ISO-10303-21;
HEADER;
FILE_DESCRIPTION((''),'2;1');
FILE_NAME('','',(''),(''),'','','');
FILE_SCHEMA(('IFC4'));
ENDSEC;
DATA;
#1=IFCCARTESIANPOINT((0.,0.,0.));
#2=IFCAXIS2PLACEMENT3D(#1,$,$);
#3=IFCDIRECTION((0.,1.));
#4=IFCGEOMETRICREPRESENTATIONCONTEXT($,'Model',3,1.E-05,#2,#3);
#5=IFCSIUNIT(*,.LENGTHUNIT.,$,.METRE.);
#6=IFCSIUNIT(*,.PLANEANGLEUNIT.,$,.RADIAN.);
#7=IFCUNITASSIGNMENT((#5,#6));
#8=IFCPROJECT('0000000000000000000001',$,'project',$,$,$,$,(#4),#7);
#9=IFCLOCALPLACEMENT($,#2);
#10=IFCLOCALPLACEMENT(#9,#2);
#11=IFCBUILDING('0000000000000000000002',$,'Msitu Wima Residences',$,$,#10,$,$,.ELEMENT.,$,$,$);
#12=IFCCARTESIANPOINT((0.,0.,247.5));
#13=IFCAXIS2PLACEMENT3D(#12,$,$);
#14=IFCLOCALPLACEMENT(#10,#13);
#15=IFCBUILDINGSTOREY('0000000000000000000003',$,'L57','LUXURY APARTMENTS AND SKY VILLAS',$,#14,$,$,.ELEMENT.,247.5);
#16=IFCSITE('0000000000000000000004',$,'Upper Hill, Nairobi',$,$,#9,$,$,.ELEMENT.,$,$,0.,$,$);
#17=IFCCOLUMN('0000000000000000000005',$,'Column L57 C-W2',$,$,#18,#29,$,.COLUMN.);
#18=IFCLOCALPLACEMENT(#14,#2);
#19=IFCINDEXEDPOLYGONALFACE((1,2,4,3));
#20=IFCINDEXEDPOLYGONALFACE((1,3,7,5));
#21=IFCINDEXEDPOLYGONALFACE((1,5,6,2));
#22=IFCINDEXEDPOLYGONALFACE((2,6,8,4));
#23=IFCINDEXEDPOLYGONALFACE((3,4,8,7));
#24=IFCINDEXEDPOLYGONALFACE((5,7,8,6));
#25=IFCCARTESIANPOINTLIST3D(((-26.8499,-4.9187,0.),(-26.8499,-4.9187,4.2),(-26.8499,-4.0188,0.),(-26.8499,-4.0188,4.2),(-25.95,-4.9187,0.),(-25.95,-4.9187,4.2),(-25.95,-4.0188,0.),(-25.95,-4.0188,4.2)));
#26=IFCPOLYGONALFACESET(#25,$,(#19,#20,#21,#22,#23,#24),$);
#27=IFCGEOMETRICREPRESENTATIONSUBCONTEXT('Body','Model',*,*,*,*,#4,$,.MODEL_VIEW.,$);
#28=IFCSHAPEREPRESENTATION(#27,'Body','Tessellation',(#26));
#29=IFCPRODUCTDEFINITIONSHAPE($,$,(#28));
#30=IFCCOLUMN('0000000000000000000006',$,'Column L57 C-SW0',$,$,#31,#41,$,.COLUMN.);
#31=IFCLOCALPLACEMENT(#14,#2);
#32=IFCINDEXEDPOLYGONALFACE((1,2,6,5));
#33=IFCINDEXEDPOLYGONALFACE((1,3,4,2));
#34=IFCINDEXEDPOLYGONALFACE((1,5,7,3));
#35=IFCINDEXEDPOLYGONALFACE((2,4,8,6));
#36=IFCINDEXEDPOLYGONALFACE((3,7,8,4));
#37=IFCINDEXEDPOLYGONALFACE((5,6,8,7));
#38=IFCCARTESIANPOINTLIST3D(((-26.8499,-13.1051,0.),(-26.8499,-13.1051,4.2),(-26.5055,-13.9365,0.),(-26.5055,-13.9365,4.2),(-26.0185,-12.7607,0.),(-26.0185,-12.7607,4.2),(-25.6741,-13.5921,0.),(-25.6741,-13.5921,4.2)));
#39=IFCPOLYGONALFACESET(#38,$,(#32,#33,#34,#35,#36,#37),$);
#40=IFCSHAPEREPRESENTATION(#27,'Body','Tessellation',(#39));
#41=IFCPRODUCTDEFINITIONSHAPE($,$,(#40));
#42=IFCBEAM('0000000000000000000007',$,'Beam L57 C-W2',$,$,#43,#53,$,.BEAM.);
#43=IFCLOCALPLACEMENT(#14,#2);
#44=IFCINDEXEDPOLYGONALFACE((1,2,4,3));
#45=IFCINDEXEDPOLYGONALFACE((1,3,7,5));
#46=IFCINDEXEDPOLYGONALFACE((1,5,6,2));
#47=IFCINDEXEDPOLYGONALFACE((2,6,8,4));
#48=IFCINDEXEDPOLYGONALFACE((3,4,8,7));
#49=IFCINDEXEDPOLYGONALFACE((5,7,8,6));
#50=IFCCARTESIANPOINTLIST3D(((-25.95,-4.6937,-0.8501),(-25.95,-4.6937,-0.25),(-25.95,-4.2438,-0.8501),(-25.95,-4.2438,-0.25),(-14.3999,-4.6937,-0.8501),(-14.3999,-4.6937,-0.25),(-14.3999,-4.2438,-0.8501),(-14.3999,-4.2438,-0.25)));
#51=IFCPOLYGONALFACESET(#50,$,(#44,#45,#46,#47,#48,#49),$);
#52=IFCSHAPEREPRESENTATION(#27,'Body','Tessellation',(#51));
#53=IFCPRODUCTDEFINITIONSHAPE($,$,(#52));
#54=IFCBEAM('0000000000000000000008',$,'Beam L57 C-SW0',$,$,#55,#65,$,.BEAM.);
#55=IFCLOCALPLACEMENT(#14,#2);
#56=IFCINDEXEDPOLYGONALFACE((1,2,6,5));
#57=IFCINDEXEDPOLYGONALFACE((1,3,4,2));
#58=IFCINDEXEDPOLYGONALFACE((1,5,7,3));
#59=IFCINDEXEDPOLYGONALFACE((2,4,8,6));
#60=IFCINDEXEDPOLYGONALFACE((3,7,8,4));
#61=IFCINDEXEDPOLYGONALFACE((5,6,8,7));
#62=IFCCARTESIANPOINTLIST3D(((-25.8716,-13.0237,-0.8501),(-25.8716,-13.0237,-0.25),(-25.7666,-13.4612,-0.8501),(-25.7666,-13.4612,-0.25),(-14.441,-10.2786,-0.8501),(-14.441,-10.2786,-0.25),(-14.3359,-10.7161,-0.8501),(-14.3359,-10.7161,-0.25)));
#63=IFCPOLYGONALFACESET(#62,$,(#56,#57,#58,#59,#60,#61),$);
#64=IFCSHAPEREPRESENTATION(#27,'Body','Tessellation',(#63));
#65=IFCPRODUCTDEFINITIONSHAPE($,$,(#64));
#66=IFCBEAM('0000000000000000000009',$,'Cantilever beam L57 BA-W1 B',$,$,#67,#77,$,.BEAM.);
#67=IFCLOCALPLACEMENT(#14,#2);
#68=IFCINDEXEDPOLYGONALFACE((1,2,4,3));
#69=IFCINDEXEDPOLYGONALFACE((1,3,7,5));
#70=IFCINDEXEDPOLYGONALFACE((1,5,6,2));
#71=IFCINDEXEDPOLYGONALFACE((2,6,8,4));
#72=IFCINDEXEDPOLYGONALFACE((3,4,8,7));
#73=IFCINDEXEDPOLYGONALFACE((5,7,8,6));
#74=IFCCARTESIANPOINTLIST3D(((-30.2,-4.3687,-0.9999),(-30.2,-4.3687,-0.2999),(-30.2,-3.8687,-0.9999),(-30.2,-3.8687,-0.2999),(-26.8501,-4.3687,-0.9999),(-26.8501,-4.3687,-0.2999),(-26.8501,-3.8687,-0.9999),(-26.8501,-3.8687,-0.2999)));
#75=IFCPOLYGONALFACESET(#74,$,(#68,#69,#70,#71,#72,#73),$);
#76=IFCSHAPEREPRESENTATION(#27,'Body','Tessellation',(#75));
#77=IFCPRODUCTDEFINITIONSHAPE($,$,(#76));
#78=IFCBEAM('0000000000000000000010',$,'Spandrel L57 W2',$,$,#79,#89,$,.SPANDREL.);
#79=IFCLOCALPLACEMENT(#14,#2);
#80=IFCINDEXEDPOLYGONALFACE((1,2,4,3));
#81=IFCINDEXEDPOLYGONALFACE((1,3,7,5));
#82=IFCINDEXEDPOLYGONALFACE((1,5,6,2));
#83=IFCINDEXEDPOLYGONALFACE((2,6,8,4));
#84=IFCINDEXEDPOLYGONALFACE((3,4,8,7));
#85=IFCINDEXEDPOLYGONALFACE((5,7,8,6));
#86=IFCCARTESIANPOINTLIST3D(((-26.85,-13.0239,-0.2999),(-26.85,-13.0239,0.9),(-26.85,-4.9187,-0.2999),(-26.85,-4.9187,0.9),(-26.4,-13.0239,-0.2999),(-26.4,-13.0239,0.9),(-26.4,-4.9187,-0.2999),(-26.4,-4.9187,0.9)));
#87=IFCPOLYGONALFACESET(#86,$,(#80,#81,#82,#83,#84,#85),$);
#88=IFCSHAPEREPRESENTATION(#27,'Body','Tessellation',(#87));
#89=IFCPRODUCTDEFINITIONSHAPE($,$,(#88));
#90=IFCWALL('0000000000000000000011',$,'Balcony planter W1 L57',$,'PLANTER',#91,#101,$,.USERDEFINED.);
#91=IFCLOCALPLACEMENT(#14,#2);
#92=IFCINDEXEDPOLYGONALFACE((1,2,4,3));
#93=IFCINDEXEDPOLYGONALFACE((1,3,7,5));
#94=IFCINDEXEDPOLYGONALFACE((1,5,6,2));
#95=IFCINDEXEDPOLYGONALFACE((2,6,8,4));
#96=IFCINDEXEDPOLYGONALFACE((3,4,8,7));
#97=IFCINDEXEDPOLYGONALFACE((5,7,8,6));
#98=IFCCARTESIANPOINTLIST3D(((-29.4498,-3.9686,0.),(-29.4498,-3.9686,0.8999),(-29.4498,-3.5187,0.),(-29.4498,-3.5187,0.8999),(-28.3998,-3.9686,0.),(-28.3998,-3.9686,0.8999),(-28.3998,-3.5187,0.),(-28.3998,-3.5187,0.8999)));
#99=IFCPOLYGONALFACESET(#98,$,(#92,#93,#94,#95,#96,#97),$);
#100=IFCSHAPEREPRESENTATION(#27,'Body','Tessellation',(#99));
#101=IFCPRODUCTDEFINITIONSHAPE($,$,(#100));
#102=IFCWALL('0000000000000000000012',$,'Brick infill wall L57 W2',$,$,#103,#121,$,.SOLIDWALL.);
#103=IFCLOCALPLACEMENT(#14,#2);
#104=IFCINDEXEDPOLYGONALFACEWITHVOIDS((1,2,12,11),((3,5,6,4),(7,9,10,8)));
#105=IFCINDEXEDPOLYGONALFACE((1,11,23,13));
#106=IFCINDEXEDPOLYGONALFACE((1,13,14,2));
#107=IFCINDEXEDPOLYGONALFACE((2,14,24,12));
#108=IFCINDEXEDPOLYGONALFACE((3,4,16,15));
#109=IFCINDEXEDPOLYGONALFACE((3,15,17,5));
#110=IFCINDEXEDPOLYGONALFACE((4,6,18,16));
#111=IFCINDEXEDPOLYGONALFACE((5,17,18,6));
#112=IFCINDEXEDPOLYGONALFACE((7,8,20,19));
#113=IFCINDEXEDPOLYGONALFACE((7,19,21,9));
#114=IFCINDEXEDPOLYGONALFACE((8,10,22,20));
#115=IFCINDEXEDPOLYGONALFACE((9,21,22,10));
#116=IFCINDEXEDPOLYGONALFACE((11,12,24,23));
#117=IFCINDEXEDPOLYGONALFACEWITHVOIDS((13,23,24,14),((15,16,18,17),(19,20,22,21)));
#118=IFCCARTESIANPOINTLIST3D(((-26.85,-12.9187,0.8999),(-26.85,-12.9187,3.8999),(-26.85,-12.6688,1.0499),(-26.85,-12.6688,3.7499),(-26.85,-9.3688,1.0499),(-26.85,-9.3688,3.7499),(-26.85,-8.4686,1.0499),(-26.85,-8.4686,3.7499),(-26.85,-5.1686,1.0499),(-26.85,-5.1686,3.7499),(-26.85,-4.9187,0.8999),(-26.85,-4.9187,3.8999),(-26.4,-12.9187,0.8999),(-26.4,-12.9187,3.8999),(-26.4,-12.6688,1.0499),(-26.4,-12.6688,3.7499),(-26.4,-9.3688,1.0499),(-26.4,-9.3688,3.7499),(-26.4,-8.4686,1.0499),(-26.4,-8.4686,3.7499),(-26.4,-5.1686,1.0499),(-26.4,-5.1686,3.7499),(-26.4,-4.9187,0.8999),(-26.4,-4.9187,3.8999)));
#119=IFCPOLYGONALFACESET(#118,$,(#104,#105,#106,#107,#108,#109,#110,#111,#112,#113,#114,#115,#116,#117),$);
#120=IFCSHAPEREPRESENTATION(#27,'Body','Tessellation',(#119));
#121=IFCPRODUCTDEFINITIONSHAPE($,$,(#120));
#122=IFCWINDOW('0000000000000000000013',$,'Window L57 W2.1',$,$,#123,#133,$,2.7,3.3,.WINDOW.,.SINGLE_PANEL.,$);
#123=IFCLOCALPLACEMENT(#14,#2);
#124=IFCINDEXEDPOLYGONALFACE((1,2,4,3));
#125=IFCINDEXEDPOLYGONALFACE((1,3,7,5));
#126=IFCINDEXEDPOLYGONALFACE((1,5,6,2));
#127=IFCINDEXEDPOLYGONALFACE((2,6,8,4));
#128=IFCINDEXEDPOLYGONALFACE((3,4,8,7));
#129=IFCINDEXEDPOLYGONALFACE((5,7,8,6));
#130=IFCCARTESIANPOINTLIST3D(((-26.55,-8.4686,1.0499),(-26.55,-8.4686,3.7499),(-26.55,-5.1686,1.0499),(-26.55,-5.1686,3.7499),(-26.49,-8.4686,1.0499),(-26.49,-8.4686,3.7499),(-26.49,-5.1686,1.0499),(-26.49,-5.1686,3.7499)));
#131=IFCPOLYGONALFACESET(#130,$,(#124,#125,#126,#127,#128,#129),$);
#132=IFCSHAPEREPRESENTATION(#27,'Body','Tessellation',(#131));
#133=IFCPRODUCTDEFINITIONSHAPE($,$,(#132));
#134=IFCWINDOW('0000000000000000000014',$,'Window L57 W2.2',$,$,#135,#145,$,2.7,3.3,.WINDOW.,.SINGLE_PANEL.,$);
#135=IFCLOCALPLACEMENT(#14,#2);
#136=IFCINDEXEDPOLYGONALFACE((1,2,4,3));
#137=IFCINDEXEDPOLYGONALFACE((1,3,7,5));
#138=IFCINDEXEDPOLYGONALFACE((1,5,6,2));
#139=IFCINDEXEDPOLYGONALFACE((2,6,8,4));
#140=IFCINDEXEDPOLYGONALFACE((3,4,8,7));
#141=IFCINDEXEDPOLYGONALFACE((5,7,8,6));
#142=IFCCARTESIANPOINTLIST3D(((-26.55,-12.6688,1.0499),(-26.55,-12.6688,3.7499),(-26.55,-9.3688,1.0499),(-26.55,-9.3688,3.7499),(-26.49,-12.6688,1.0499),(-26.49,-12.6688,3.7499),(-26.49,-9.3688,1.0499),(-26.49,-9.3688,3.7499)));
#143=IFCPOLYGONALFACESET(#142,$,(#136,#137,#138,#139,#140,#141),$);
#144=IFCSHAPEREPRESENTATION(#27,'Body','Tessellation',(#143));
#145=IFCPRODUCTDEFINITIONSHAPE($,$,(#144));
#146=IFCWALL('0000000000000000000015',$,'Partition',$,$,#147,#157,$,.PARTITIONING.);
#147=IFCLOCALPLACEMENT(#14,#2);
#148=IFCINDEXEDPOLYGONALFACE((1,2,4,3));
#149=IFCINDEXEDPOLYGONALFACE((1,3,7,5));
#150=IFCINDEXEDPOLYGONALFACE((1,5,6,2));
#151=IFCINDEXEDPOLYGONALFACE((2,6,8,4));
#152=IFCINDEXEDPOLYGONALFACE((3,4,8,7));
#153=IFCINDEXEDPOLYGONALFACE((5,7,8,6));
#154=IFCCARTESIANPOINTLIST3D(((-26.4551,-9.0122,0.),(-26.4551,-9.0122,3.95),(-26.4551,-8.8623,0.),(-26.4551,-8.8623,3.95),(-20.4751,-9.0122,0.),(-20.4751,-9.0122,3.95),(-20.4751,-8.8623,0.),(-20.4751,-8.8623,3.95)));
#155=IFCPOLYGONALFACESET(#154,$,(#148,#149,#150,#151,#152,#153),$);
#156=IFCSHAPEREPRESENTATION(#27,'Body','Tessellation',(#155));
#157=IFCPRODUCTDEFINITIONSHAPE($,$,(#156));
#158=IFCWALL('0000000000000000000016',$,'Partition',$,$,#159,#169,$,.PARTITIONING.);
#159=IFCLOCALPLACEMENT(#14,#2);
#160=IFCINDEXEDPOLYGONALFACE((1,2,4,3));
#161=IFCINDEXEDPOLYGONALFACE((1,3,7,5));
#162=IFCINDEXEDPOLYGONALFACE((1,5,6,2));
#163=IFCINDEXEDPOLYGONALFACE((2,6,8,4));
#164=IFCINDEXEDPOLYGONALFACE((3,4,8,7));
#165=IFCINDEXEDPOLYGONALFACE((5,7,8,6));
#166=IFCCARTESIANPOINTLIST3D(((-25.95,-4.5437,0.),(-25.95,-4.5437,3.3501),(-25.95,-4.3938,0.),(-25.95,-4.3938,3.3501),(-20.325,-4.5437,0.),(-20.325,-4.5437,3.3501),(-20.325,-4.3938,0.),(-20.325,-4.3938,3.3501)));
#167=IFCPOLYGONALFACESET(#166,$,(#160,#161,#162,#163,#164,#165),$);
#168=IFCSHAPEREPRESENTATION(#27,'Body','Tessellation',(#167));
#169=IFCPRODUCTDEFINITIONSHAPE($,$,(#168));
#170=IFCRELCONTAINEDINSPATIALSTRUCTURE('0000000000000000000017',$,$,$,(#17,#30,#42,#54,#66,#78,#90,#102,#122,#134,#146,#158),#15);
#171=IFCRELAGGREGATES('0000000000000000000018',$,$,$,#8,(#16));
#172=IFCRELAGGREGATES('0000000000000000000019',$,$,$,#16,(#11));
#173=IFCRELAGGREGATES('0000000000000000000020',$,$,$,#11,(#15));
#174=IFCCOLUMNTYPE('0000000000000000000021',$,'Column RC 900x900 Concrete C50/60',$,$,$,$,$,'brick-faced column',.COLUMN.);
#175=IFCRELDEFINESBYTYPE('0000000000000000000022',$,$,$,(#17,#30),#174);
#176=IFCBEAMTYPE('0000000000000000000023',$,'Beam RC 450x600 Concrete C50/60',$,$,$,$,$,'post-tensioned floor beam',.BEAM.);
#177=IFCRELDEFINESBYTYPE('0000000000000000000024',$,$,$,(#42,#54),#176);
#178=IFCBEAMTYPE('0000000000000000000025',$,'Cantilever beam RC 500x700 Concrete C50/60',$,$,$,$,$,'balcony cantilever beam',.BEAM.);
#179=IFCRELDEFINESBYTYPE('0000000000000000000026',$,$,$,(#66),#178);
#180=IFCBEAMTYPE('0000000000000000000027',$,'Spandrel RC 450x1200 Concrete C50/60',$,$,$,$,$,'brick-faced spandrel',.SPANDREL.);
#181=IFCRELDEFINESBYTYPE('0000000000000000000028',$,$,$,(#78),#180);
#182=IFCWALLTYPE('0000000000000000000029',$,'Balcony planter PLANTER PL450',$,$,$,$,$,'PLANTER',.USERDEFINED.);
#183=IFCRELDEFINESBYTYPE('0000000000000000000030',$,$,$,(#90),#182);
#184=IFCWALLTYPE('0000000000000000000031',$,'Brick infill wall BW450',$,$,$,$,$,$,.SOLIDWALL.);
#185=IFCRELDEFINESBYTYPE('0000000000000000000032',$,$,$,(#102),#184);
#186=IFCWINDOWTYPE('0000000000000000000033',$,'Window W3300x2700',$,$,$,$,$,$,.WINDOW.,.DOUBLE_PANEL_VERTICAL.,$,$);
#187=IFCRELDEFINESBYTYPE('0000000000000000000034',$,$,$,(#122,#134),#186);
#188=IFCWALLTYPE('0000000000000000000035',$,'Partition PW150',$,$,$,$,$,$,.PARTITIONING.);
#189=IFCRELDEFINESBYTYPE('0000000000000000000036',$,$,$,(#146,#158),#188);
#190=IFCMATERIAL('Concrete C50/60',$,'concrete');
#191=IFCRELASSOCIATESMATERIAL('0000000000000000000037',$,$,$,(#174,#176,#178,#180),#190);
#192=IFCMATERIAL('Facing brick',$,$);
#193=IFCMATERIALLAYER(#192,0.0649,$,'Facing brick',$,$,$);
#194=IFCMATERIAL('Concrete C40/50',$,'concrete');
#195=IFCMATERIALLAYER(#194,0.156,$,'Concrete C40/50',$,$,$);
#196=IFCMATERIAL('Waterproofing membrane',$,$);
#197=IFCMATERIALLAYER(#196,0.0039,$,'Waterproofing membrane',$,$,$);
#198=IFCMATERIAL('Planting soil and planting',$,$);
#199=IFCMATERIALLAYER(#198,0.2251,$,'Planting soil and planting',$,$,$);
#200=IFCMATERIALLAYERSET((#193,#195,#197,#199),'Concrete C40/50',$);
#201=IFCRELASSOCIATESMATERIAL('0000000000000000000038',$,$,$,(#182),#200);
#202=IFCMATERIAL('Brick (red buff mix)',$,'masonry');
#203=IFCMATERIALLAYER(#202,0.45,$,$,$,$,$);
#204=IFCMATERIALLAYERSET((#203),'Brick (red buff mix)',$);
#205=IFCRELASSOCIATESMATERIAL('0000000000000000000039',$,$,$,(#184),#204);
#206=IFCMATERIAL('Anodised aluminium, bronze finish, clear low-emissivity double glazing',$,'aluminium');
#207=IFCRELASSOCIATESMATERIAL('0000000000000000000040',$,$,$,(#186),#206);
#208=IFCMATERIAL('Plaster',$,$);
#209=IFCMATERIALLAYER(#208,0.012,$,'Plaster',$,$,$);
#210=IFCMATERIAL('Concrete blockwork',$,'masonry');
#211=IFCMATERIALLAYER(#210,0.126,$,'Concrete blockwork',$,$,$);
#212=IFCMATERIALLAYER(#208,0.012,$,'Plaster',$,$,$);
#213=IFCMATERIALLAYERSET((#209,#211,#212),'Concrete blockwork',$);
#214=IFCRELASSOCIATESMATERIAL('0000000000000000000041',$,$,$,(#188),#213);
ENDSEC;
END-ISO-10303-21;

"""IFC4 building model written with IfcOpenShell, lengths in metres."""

from ifc_helpers import new_model, si_unit, direction, frame, frame_2d, origin, origin_2d, place, context, subcontext, project, spatial, rectangle, extrude, material, layer, layer_set, material_profile, profile_set, type_object, element, fill, save


model = new_model("IFC4")

# Units and contexts
model_context = context("Model", 3, precision=1e-05, world=origin(), true_north=direction((0.0, 1.0)))
body_context = subcontext(model_context, "Body", "Model", "MODEL_VIEW")
ifc_project = project(units=[si_unit("LENGTHUNIT", "METRE"), si_unit("PLANEANGLEUNIT", "RADIAN")], contexts=[model_context])

# Site, building, storey
site_placement = place(None, origin())
site = spatial("IfcSite", under=ifc_project, at=site_placement, Name="Upper Hill, Nairobi", CompositionType="ELEMENT", RefElevation=0.0)
building_placement = place(site_placement, origin())
building = spatial("IfcBuilding", under=site, at=building_placement, Name="Msitu Wima Residences", CompositionType="ELEMENT")
storey_placement = place(building_placement, frame((0.0, 0.0, 247.5)))
storey = spatial("IfcBuildingStorey", under=building, at=storey_placement, Name="L57", Description="LUXURY APARTMENTS AND SKY VILLAS", CompositionType="ELEMENT", Elevation=247.5)

# Columns
ifc_material_1 = material(Name="Concrete C50/60", Category="concrete")
ifc_material_profile_1 = material_profile(ifc_material_1, rectangle(XDim=0.8999, YDim=0.8999, at=origin_2d()), Name="RC 900x900")
ifc_profile_set_1 = profile_set([ifc_material_profile_1], Name="Concrete C50/60")
column_type = type_object("IfcColumnType", Name="Column RC 900x900 Concrete C50/60", ElementType="brick-faced column", PredefinedType="COLUMN", material=ifc_profile_set_1)
for number, where, z_axis, x_axis, name in (
    (1, (-26.3999, -4.4688, 0.0), (0.0, 0.0, 1.0), (0.0, -1.0, 0.0), "Column L57 C-W2"),
    (2, (-26.262, -13.3486, 0.0), (0.0, 0.0, 1.0), (0.382683, -0.92388, 0.0), "Column L57 C-SW0"),
):
    element("IfcColumn", number, at=place(storey_placement, frame(where, z_axis=z_axis, x_axis=x_axis)), inside=storey, type_object=column_type, Name=name, PredefinedType="COLUMN", context=body_context, shape_type="SweptSolid", body=[
        extrude(rectangle(XDim=0.8999, YDim=0.8999, at=origin_2d()), origin(), (0.0, 0.0, 1.0), 4.2),
    ])

# Beams
ifc_material_profile_2 = material_profile(ifc_material_1, rectangle(XDim=0.45, YDim=0.6001, at=origin_2d()), Name="RC 450x600")
ifc_profile_set_2 = profile_set([ifc_material_profile_2], Name="Concrete C50/60")
beam_type_1 = type_object("IfcBeamType", Name="Beam RC 450x600 Concrete C50/60", ElementType="post-tensioned floor beam", PredefinedType="BEAM", material=ifc_profile_set_2)
beam_1_placement = place(storey_placement, frame((-25.95, -4.4688, -0.55), z_axis=(1.0, 0.0, 0.0), x_axis=(0.0, 1.0, 0.0)))
element("IfcBeam", 3, at=beam_1_placement, inside=storey, type_object=beam_type_1, Name="Beam L57 C-W2", PredefinedType="BEAM", context=body_context, shape_type="SweptSolid", body=[
    extrude(rectangle(XDim=0.45, YDim=0.6001, at=origin_2d()), origin(), (0.0, 0.0, 1.0), 11.55),
])
beam_2_placement = place(storey_placement, frame((-25.8191, -13.2424, -0.55), z_axis=(0.972353, 0.233514, 0.0), x_axis=(-0.233514, 0.972353, 0.0)))
element("IfcBeam", 4, at=beam_2_placement, inside=storey, type_object=beam_type_1, Name="Beam L57 C-SW0", PredefinedType="BEAM", context=body_context, shape_type="SweptSolid", body=[
    extrude(rectangle(XDim=0.45, YDim=0.6001, at=origin_2d()), origin(), (0.0, 0.0, 1.0), 11.7556),
])
ifc_material_profile_3 = material_profile(ifc_material_1, rectangle(XDim=0.5, YDim=0.7, at=origin_2d()), Name="RC 500x700")
ifc_profile_set_3 = profile_set([ifc_material_profile_3], Name="Concrete C50/60")
beam_type_2 = type_object("IfcBeamType", Name="Cantilever beam RC 500x700 Concrete C50/60", ElementType="balcony cantilever beam", PredefinedType="BEAM", material=ifc_profile_set_3)
beam_3_placement = place(storey_placement, frame((-26.8501, -4.1187, -0.6499), z_axis=(-1.0, 0.0, 0.0), x_axis=(0.0, -1.0, 0.0)))
element("IfcBeam", 5, at=beam_3_placement, inside=storey, type_object=beam_type_2, Name="Cantilever beam L57 BA-W1 B", PredefinedType="BEAM", context=body_context, shape_type="SweptSolid", body=[
    extrude(rectangle(XDim=0.5, YDim=0.7, at=origin_2d()), origin(), (0.0, 0.0, 1.0), 3.3499),
])
ifc_material_profile_4 = material_profile(ifc_material_1, rectangle(XDim=0.45, YDim=1.2, at=origin_2d()), Name="RC 450x1200")
ifc_profile_set_4 = profile_set([ifc_material_profile_4], Name="Concrete C50/60")
beam_type_3 = type_object("IfcBeamType", Name="Spandrel RC 450x1200 Concrete C50/60", ElementType="brick-faced spandrel", PredefinedType="SPANDREL", material=ifc_profile_set_4)
beam_4_placement = place(storey_placement, frame((-26.625, -4.9187, 0.3), z_axis=(0.0, -1.0, 0.0), x_axis=(1.0, 0.0, 0.0)))
element("IfcBeam", 6, at=beam_4_placement, inside=storey, type_object=beam_type_3, Name="Spandrel L57 W2", PredefinedType="SPANDREL", context=body_context, shape_type="SweptSolid", body=[
    extrude(rectangle(XDim=0.45, YDim=1.2, at=origin_2d()), origin(), (0.0, 0.0, 1.0), 8.1052),
])

# Wall
ifc_material_2 = material(Name="Facing brick")
ifc_layer_1 = layer(ifc_material_2, 0.0649, Name="Facing brick")
ifc_material_3 = material(Name="Concrete C40/50", Category="concrete")
ifc_layer_2 = layer(ifc_material_3, 0.156, Name="Concrete C40/50")
ifc_material_4 = material(Name="Waterproofing membrane")
ifc_layer_3 = layer(ifc_material_4, 0.0039, Name="Waterproofing membrane")
ifc_material_5 = material(Name="Planting soil and planting")
ifc_layer_4 = layer(ifc_material_5, 0.2251, Name="Planting soil and planting")
ifc_layer_set_1 = layer_set([ifc_layer_1, ifc_layer_2, ifc_layer_3, ifc_layer_4], Name="Concrete C40/50")
wall_type_1 = type_object("IfcWallType", Name="Balcony planter PLANTER PL450", ElementType="PLANTER", PredefinedType="USERDEFINED", material=ifc_layer_set_1)
wall_1_placement = place(storey_placement, frame((-28.3999, -3.7437, 0.0), z_axis=(0.0, 0.0, 1.0), x_axis=(-1.0, 0.0, 0.0)))
element("IfcWall", 7, at=wall_1_placement, inside=storey, type_object=wall_type_1, Name="Balcony planter W1 L57", ObjectType="PLANTER", PredefinedType="USERDEFINED", context=body_context, shape_type="SweptSolid", body=[
    extrude(rectangle(XDim=1.05, YDim=0.45, at=frame_2d((0.5249, 0.0))), origin(), (0.0, 0.0, 1.0), 0.8999),
])

# Wall, openings, windows
ifc_material_6 = material(Name="Brick (red buff mix)", Category="masonry")
ifc_layer_5 = layer(ifc_material_6, 0.45)
ifc_layer_set_2 = layer_set([ifc_layer_5], Name="Brick (red buff mix)")
wall_type_2 = type_object("IfcWallType", Name="Brick infill wall BW450", PredefinedType="SOLIDWALL", material=ifc_layer_set_2)
wall_2_placement = place(storey_placement, frame((-26.625, -4.9187, 0.8999), z_axis=(0.0, 0.0, 1.0), x_axis=(0.0, -1.0, 0.0)))
wall_2 = element("IfcWall", 8, at=wall_2_placement, inside=storey, type_object=wall_type_2, Name="Brick infill wall L57 W2", PredefinedType="SOLIDWALL", context=body_context, shape_type="SweptSolid", body=[
    extrude(rectangle(XDim=8.0, YDim=0.45, at=frame_2d((4.0, 0.0))), origin(), (0.0, 0.0, 1.0), 3.0),
])
opening_1_placement = place(wall_2_placement, frame((0.25, 0.0, 0.1499)))
opening_1 = element("IfcOpeningElement", 9, at=opening_1_placement, cuts=wall_2, PredefinedType="OPENING", context=body_context, shape_type="SweptSolid", body=[
    extrude(rectangle(XDim=3.3, YDim=2.7, at=frame_2d((1.6499, 1.3501))), frame((0.0, 0.2349, 0.0), z_axis=(0.0, -1.0, 0.0), x_axis=(1.0, 0.0, 0.0)), (0.0, 0.0, 1.0), 0.47),
])
opening_2_placement = place(wall_2_placement, frame((4.4502, 0.0, 0.1499)))
opening_2 = element("IfcOpeningElement", 10, at=opening_2_placement, cuts=wall_2, PredefinedType="OPENING", context=body_context, shape_type="SweptSolid", body=[
    extrude(rectangle(XDim=3.3, YDim=2.7, at=frame_2d((1.6499, 1.3501))), frame((0.0, 0.2349, 0.0), z_axis=(0.0, -1.0, 0.0), x_axis=(1.0, 0.0, 0.0)), (0.0, 0.0, 1.0), 0.47),
])
ifc_material_7 = material(Name="Anodised aluminium, bronze finish, clear low-emissivity double glazing", Category="aluminium")
window_type = type_object("IfcWindowType", Name="Window W3300x2700", PartitioningType="DOUBLE_PANEL_VERTICAL", PredefinedType="WINDOW", material=ifc_material_7)
window_1_placement = place(opening_1_placement, origin())
window_1 = element("IfcWindow", 11, at=window_1_placement, inside=storey, type_object=window_type, Name="Window L57 W2.1", OverallHeight=2.7, OverallWidth=3.3, PartitioningType="SINGLE_PANEL", PredefinedType="WINDOW", context=body_context, shape_type="SweptSolid", body=[
    extrude(rectangle(XDim=3.3, YDim=2.7, at=frame_2d((1.6499, 1.3501))), frame((0.0, 0.135, 0.0), z_axis=(0.0, -1.0, 0.0), x_axis=(1.0, 0.0, 0.0)), (0.0, 0.0, 1.0), 0.0601),
])
fill(opening_1, window_1)
window_2_placement = place(opening_2_placement, origin())
window_2 = element("IfcWindow", 12, at=window_2_placement, inside=storey, type_object=window_type, Name="Window L57 W2.2", OverallHeight=2.7, OverallWidth=3.3, PartitioningType="SINGLE_PANEL", PredefinedType="WINDOW", context=body_context, shape_type="SweptSolid", body=[
    extrude(rectangle(XDim=3.3, YDim=2.7, at=frame_2d((1.6499, 1.3501))), frame((0.0, 0.135, 0.0), z_axis=(0.0, -1.0, 0.0), x_axis=(1.0, 0.0, 0.0)), (0.0, 0.0, 1.0), 0.0601),
])
fill(opening_2, window_2)

# Walls
ifc_material_8 = material(Name="Plaster")
ifc_layer_6 = layer(ifc_material_8, 0.012, Name="Plaster")
ifc_material_9 = material(Name="Concrete blockwork", Category="masonry")
ifc_layer_7 = layer(ifc_material_9, 0.126, Name="Concrete blockwork")
ifc_layer_8 = layer(ifc_material_8, 0.012, Name="Plaster")
ifc_layer_set_3 = layer_set([ifc_layer_6, ifc_layer_7, ifc_layer_8], Name="Concrete blockwork")
wall_type_3 = type_object("IfcWallType", Name="Partition PW150", PredefinedType="PARTITIONING", material=ifc_layer_set_3)
wall_3_placement = place(storey_placement, frame((-26.4551, -8.9373, 0.0), z_axis=(0.0, 0.0, 1.0), x_axis=(1.0, 0.0, 0.0)))
element("IfcWall", 13, at=wall_3_placement, inside=storey, type_object=wall_type_3, Name="Partition", PredefinedType="PARTITIONING", context=body_context, shape_type="SweptSolid", body=[
    extrude(rectangle(XDim=5.98, YDim=0.1499, at=frame_2d((2.99, 0.0))), origin(), (0.0, 0.0, 1.0), 3.95),
])
wall_4_placement = place(storey_placement, frame((-25.95, -4.4688, 0.0), z_axis=(0.0, 0.0, 1.0), x_axis=(1.0, 0.0, 0.0)))
element("IfcWall", 14, at=wall_4_placement, inside=storey, type_object=wall_type_3, Name="Partition", PredefinedType="PARTITIONING", context=body_context, shape_type="SweptSolid", body=[
    extrude(rectangle(XDim=5.625, YDim=0.1499, at=frame_2d((2.8125, 0.0))), origin(), (0.0, 0.0, 1.0), 3.3501),
])

save(model, "model.ifc")
